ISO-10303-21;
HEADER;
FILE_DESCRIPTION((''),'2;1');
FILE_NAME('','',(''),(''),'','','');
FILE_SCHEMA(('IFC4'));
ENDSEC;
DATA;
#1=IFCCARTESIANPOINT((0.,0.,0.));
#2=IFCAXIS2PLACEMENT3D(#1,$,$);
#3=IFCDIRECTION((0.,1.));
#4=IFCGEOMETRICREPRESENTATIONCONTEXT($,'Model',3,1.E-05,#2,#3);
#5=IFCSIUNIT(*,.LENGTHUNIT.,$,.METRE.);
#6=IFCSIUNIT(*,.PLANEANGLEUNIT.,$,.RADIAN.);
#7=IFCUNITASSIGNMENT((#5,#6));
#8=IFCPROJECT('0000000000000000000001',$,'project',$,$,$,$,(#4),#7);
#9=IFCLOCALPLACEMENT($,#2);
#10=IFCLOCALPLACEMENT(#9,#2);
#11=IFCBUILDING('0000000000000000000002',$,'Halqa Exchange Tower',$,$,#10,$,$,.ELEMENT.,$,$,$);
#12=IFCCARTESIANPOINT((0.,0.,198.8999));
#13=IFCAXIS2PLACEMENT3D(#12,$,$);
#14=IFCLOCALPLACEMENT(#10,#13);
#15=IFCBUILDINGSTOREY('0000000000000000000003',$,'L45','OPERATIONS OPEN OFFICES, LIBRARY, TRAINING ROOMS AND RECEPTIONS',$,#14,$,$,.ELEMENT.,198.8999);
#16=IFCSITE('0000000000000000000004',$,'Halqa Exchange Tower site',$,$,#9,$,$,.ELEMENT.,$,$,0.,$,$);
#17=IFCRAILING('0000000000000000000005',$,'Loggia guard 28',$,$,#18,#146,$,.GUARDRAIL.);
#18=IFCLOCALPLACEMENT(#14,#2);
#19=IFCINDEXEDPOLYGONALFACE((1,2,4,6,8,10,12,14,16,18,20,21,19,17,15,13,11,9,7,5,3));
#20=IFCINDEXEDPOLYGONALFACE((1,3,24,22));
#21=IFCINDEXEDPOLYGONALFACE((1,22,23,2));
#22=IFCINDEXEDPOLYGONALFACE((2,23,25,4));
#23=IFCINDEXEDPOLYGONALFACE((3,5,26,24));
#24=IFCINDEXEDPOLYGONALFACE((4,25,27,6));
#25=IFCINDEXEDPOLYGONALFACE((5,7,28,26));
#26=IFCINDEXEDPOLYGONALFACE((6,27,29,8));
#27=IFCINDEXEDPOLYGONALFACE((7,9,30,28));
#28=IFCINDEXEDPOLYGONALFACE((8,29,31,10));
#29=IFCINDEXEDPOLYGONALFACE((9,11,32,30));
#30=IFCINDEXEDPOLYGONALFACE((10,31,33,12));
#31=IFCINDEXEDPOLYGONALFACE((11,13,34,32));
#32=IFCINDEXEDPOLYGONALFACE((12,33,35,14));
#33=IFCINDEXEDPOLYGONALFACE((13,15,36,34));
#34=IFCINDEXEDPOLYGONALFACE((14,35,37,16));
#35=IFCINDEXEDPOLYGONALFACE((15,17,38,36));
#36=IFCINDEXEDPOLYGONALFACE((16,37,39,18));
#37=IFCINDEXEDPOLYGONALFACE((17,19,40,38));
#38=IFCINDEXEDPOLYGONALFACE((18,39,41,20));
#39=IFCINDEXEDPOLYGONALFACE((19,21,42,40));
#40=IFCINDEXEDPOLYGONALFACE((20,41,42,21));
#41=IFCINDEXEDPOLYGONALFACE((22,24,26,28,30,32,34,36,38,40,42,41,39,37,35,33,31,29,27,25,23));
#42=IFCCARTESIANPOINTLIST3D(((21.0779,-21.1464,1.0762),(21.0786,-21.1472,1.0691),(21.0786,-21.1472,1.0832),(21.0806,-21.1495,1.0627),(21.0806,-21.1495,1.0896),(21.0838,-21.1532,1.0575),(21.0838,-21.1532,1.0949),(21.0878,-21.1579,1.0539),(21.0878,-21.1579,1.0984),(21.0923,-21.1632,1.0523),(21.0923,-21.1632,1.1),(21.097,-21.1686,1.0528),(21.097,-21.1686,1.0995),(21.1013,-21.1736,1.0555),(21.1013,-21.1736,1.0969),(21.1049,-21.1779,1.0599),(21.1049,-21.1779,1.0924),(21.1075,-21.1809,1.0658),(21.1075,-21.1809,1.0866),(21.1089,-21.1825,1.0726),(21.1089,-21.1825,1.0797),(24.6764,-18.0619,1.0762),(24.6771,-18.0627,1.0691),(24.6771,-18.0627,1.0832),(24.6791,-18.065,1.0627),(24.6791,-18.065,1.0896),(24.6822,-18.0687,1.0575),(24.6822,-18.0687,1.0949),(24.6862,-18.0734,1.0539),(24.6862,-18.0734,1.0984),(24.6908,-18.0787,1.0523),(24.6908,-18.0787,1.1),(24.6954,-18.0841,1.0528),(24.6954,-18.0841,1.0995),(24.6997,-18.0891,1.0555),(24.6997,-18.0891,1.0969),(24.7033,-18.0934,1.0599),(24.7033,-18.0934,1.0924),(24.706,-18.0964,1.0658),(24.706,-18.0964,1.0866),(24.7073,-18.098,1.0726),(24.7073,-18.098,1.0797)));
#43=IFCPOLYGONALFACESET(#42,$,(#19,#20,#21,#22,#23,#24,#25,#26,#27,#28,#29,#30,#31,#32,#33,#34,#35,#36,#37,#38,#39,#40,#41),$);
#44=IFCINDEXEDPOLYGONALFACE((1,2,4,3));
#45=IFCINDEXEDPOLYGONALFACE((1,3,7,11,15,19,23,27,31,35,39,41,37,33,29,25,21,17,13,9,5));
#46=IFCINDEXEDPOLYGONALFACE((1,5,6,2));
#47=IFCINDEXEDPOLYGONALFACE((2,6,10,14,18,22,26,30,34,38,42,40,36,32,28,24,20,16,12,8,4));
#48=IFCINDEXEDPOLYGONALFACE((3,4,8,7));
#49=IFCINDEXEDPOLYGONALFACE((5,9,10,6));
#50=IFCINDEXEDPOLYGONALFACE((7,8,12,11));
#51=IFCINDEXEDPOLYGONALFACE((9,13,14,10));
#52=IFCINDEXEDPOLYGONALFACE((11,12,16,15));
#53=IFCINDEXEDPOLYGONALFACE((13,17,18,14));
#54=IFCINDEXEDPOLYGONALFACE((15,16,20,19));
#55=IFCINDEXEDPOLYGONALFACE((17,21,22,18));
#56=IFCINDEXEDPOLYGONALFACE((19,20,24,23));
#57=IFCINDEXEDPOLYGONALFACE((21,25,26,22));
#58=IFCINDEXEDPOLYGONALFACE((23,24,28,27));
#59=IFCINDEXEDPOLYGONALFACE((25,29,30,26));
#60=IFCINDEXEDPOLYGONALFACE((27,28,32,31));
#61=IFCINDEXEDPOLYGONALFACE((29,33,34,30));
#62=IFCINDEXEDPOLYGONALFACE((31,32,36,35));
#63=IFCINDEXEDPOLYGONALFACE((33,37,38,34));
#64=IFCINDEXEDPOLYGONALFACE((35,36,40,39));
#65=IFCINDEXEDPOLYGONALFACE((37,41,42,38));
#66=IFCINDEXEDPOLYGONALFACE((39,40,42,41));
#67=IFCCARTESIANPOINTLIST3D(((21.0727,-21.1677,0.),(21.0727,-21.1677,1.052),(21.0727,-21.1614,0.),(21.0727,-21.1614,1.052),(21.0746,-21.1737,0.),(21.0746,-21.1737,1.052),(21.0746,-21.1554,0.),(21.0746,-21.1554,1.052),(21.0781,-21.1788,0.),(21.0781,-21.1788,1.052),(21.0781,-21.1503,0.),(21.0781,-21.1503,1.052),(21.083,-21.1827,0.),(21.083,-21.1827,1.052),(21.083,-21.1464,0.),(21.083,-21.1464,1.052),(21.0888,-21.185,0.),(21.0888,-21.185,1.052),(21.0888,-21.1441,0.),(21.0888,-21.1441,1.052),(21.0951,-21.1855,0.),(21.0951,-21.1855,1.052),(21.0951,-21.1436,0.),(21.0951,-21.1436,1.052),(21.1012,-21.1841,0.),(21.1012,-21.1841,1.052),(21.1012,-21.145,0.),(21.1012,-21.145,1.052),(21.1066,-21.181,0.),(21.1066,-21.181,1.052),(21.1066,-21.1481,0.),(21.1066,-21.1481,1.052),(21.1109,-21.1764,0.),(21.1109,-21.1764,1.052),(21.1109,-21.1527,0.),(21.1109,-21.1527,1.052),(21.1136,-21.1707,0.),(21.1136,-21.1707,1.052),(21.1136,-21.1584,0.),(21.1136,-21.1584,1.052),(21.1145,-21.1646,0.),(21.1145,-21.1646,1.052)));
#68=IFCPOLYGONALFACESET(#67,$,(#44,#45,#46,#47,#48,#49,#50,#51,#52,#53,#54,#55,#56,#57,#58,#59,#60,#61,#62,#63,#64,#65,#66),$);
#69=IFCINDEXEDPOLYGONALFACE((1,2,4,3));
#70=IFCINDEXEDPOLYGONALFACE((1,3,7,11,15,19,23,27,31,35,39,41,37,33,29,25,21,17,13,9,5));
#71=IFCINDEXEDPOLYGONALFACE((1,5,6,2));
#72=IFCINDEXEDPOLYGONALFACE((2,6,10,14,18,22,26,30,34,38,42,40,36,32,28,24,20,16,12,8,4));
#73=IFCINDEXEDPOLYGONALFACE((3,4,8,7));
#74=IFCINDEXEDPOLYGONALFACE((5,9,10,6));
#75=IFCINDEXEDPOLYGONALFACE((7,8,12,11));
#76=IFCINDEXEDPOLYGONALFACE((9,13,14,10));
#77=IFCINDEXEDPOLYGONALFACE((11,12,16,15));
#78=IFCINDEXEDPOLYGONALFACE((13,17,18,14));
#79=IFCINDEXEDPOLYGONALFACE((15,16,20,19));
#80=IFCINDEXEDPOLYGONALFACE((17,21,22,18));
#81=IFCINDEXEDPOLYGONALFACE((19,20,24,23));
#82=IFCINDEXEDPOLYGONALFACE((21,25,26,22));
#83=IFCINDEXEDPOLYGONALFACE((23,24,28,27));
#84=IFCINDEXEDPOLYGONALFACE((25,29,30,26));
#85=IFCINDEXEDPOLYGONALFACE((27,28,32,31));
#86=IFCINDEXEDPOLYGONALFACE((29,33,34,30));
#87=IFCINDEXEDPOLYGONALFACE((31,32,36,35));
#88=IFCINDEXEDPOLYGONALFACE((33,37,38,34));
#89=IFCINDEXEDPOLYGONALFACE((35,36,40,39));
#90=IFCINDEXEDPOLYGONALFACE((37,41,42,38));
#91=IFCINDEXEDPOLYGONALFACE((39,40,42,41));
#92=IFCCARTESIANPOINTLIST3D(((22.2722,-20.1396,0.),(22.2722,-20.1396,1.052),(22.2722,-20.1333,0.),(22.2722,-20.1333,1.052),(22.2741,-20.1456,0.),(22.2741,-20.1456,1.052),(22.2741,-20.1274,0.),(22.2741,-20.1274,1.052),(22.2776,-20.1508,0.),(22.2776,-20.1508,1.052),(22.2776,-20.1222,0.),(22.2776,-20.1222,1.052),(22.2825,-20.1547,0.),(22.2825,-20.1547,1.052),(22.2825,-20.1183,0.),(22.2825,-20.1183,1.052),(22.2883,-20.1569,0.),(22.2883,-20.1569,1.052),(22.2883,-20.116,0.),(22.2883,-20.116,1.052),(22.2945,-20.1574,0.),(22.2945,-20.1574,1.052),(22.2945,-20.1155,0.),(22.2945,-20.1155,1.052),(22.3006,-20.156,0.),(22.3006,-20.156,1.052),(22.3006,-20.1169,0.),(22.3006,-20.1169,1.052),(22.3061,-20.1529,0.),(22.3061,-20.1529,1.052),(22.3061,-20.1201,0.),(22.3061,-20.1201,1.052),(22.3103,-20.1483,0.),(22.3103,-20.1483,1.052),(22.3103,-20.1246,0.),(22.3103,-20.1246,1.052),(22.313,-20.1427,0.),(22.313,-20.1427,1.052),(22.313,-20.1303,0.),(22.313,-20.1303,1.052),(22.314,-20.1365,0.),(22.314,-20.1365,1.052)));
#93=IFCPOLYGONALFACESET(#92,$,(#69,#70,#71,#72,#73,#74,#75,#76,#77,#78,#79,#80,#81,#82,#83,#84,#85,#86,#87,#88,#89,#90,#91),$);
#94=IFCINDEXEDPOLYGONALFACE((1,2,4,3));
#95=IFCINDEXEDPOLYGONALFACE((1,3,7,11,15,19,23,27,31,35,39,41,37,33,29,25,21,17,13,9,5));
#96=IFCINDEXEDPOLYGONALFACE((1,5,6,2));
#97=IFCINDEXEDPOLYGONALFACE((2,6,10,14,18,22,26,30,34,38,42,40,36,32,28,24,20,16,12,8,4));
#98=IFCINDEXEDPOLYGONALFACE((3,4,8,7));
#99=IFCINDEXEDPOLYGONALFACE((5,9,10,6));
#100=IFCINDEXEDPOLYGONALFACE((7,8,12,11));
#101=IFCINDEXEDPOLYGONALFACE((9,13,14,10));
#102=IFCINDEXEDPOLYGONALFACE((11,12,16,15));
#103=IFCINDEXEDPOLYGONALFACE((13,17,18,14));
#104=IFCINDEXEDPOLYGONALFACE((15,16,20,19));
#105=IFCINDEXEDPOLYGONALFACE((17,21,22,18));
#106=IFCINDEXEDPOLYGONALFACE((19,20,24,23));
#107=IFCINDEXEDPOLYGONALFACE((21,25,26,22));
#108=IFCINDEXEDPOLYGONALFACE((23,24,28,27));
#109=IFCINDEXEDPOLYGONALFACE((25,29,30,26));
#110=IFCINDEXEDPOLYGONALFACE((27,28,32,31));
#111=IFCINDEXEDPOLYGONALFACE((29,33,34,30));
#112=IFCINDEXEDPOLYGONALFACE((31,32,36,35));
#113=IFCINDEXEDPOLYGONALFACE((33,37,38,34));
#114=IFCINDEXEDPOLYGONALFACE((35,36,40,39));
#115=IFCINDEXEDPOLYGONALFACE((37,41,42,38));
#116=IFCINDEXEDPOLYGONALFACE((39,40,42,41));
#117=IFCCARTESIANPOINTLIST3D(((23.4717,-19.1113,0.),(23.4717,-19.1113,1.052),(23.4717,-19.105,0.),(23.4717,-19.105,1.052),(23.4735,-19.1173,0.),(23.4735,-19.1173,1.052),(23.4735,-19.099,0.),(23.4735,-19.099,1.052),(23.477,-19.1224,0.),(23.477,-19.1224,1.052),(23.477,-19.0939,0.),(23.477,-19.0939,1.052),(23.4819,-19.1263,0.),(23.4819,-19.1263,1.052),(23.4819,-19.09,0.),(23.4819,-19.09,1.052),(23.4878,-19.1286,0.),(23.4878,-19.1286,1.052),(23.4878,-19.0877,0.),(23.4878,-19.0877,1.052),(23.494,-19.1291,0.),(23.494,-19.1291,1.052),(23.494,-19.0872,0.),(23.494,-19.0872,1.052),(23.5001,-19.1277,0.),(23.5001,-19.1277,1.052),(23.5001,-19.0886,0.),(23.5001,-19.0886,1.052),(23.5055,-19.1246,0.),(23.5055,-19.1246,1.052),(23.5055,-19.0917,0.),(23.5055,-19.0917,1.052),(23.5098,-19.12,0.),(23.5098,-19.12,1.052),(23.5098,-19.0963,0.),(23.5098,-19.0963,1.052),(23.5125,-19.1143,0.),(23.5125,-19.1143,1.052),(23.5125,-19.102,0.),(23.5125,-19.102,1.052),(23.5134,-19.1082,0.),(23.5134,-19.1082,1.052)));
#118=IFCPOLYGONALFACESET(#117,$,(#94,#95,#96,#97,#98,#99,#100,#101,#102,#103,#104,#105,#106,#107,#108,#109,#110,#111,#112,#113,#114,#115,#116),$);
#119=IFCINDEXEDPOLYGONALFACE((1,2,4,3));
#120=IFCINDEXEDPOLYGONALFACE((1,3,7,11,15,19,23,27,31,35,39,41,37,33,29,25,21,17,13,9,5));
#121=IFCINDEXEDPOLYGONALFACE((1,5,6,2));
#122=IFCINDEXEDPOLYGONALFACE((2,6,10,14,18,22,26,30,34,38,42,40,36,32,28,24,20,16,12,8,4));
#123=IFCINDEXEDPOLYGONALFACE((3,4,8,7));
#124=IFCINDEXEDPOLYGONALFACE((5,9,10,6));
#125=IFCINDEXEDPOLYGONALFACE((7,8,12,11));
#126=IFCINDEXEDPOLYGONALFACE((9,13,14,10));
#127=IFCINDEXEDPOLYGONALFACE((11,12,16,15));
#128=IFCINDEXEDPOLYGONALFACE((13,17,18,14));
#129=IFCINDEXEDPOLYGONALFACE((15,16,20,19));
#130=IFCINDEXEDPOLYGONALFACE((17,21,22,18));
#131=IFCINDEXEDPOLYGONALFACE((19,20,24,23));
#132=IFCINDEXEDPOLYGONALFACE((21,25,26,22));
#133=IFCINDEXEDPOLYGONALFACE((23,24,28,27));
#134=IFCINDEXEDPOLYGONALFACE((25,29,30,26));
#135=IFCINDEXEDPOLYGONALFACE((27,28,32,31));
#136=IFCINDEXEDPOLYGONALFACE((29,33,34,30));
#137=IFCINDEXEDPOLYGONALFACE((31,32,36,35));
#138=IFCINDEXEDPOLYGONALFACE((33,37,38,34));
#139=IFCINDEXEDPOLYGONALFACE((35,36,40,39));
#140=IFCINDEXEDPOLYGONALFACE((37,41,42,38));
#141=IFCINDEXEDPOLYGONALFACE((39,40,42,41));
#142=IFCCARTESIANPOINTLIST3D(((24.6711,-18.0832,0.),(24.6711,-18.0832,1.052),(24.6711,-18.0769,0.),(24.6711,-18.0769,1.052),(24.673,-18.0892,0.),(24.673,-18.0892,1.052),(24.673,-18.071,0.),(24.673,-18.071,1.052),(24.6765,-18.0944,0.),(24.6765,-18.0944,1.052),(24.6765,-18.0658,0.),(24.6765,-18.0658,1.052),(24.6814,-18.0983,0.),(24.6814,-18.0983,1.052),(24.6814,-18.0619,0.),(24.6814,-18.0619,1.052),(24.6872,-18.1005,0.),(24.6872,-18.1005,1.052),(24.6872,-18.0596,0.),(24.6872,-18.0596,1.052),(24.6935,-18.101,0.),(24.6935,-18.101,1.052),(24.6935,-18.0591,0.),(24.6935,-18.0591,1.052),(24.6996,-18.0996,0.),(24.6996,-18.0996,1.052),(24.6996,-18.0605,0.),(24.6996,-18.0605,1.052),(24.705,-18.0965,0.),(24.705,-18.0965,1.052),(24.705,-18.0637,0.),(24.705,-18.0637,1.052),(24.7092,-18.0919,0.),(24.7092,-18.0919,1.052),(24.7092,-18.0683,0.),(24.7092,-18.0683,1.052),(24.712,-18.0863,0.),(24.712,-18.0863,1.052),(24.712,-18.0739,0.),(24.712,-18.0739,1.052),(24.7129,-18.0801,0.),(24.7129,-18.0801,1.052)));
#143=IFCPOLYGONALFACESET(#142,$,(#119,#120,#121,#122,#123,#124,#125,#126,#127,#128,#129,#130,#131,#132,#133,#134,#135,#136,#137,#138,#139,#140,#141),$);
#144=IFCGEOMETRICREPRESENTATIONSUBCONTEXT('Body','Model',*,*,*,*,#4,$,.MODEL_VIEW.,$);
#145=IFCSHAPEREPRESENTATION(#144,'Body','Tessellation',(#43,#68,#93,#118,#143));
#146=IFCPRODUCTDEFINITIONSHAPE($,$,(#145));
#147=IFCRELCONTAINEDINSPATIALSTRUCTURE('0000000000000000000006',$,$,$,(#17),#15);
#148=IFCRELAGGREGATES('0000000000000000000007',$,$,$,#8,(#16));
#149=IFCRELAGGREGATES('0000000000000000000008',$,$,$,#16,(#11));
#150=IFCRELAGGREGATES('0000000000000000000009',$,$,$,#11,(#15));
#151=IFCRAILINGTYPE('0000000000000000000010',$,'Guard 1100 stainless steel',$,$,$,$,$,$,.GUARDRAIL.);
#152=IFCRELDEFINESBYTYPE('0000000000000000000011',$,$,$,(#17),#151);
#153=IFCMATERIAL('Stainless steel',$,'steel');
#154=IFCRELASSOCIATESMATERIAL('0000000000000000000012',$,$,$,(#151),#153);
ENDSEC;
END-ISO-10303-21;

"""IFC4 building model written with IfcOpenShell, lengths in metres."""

from ifc_helpers import new_model, si_unit, direction, frame, origin, origin_2d, place, context, subcontext, project, spatial, circle, extrude, material, type_object, element, save


model = new_model("IFC4")

# Units and contexts
model_context = context("Model", 3, precision=1e-05, world=origin(), true_north=direction((0.0, 1.0)))
body_context = subcontext(model_context, "Body", "Model", "MODEL_VIEW")
ifc_project = project(units=[si_unit("LENGTHUNIT", "METRE"), si_unit("PLANEANGLEUNIT", "RADIAN")], contexts=[model_context])

# Site, building, storey
site_placement = place(None, origin())
site = spatial("IfcSite", under=ifc_project, at=site_placement, Name="Halqa Exchange Tower site", CompositionType="ELEMENT", RefElevation=0.0)
building_placement = place(site_placement, origin())
building = spatial("IfcBuilding", under=site, at=building_placement, Name="Halqa Exchange Tower", CompositionType="ELEMENT")
storey_placement = place(building_placement, frame((0.0, 0.0, 198.8999)))
storey = spatial("IfcBuildingStorey", under=building, at=storey_placement, Name="L45", Description="OPERATIONS OPEN OFFICES, LIBRARY, TRAINING ROOMS AND RECEPTIONS", CompositionType="ELEMENT", Elevation=198.8999)

# Railing
ifc_material_1 = material(Name="Stainless steel", Category="steel")
railing_type = type_object("IfcRailingType", Name="Guard 1100 stainless steel", PredefinedType="GUARDRAIL", material=ifc_material_1)
railing_1_placement = place(storey_placement, frame((21.0935, -21.1646, 0.0)))
element("IfcRailing", 1, at=railing_1_placement, inside=storey, type_object=railing_type, Name="Loggia guard 28", PredefinedType="GUARDRAIL", context=body_context, shape_type="SweptSolid", body=[
    extrude(circle(Radius=0.0239, at=origin_2d()), frame((0.0, 0.0, 1.0762), z_axis=(0.759242, 0.650808, 0.0), x_axis=(-0.650808, 0.759242, 0.0)), (0.0, 0.0, 1.0), 4.7395),
    extrude(circle(Radius=0.021, at=origin_2d()), origin(), (0.0, 0.0, 1.0), 1.052),
    extrude(circle(Radius=0.021, at=origin_2d()), frame((1.1995, 1.0281, 0.0)), (0.0, 0.0, 1.0), 1.052),
    extrude(circle(Radius=0.021, at=origin_2d()), frame((2.3989, 2.0564, 0.0)), (0.0, 0.0, 1.0), 1.052),
    extrude(circle(Radius=0.021, at=origin_2d()), frame((3.5984, 3.0845, 0.0)), (0.0, 0.0, 1.0), 1.052),
])

save(model, "model.ifc")
